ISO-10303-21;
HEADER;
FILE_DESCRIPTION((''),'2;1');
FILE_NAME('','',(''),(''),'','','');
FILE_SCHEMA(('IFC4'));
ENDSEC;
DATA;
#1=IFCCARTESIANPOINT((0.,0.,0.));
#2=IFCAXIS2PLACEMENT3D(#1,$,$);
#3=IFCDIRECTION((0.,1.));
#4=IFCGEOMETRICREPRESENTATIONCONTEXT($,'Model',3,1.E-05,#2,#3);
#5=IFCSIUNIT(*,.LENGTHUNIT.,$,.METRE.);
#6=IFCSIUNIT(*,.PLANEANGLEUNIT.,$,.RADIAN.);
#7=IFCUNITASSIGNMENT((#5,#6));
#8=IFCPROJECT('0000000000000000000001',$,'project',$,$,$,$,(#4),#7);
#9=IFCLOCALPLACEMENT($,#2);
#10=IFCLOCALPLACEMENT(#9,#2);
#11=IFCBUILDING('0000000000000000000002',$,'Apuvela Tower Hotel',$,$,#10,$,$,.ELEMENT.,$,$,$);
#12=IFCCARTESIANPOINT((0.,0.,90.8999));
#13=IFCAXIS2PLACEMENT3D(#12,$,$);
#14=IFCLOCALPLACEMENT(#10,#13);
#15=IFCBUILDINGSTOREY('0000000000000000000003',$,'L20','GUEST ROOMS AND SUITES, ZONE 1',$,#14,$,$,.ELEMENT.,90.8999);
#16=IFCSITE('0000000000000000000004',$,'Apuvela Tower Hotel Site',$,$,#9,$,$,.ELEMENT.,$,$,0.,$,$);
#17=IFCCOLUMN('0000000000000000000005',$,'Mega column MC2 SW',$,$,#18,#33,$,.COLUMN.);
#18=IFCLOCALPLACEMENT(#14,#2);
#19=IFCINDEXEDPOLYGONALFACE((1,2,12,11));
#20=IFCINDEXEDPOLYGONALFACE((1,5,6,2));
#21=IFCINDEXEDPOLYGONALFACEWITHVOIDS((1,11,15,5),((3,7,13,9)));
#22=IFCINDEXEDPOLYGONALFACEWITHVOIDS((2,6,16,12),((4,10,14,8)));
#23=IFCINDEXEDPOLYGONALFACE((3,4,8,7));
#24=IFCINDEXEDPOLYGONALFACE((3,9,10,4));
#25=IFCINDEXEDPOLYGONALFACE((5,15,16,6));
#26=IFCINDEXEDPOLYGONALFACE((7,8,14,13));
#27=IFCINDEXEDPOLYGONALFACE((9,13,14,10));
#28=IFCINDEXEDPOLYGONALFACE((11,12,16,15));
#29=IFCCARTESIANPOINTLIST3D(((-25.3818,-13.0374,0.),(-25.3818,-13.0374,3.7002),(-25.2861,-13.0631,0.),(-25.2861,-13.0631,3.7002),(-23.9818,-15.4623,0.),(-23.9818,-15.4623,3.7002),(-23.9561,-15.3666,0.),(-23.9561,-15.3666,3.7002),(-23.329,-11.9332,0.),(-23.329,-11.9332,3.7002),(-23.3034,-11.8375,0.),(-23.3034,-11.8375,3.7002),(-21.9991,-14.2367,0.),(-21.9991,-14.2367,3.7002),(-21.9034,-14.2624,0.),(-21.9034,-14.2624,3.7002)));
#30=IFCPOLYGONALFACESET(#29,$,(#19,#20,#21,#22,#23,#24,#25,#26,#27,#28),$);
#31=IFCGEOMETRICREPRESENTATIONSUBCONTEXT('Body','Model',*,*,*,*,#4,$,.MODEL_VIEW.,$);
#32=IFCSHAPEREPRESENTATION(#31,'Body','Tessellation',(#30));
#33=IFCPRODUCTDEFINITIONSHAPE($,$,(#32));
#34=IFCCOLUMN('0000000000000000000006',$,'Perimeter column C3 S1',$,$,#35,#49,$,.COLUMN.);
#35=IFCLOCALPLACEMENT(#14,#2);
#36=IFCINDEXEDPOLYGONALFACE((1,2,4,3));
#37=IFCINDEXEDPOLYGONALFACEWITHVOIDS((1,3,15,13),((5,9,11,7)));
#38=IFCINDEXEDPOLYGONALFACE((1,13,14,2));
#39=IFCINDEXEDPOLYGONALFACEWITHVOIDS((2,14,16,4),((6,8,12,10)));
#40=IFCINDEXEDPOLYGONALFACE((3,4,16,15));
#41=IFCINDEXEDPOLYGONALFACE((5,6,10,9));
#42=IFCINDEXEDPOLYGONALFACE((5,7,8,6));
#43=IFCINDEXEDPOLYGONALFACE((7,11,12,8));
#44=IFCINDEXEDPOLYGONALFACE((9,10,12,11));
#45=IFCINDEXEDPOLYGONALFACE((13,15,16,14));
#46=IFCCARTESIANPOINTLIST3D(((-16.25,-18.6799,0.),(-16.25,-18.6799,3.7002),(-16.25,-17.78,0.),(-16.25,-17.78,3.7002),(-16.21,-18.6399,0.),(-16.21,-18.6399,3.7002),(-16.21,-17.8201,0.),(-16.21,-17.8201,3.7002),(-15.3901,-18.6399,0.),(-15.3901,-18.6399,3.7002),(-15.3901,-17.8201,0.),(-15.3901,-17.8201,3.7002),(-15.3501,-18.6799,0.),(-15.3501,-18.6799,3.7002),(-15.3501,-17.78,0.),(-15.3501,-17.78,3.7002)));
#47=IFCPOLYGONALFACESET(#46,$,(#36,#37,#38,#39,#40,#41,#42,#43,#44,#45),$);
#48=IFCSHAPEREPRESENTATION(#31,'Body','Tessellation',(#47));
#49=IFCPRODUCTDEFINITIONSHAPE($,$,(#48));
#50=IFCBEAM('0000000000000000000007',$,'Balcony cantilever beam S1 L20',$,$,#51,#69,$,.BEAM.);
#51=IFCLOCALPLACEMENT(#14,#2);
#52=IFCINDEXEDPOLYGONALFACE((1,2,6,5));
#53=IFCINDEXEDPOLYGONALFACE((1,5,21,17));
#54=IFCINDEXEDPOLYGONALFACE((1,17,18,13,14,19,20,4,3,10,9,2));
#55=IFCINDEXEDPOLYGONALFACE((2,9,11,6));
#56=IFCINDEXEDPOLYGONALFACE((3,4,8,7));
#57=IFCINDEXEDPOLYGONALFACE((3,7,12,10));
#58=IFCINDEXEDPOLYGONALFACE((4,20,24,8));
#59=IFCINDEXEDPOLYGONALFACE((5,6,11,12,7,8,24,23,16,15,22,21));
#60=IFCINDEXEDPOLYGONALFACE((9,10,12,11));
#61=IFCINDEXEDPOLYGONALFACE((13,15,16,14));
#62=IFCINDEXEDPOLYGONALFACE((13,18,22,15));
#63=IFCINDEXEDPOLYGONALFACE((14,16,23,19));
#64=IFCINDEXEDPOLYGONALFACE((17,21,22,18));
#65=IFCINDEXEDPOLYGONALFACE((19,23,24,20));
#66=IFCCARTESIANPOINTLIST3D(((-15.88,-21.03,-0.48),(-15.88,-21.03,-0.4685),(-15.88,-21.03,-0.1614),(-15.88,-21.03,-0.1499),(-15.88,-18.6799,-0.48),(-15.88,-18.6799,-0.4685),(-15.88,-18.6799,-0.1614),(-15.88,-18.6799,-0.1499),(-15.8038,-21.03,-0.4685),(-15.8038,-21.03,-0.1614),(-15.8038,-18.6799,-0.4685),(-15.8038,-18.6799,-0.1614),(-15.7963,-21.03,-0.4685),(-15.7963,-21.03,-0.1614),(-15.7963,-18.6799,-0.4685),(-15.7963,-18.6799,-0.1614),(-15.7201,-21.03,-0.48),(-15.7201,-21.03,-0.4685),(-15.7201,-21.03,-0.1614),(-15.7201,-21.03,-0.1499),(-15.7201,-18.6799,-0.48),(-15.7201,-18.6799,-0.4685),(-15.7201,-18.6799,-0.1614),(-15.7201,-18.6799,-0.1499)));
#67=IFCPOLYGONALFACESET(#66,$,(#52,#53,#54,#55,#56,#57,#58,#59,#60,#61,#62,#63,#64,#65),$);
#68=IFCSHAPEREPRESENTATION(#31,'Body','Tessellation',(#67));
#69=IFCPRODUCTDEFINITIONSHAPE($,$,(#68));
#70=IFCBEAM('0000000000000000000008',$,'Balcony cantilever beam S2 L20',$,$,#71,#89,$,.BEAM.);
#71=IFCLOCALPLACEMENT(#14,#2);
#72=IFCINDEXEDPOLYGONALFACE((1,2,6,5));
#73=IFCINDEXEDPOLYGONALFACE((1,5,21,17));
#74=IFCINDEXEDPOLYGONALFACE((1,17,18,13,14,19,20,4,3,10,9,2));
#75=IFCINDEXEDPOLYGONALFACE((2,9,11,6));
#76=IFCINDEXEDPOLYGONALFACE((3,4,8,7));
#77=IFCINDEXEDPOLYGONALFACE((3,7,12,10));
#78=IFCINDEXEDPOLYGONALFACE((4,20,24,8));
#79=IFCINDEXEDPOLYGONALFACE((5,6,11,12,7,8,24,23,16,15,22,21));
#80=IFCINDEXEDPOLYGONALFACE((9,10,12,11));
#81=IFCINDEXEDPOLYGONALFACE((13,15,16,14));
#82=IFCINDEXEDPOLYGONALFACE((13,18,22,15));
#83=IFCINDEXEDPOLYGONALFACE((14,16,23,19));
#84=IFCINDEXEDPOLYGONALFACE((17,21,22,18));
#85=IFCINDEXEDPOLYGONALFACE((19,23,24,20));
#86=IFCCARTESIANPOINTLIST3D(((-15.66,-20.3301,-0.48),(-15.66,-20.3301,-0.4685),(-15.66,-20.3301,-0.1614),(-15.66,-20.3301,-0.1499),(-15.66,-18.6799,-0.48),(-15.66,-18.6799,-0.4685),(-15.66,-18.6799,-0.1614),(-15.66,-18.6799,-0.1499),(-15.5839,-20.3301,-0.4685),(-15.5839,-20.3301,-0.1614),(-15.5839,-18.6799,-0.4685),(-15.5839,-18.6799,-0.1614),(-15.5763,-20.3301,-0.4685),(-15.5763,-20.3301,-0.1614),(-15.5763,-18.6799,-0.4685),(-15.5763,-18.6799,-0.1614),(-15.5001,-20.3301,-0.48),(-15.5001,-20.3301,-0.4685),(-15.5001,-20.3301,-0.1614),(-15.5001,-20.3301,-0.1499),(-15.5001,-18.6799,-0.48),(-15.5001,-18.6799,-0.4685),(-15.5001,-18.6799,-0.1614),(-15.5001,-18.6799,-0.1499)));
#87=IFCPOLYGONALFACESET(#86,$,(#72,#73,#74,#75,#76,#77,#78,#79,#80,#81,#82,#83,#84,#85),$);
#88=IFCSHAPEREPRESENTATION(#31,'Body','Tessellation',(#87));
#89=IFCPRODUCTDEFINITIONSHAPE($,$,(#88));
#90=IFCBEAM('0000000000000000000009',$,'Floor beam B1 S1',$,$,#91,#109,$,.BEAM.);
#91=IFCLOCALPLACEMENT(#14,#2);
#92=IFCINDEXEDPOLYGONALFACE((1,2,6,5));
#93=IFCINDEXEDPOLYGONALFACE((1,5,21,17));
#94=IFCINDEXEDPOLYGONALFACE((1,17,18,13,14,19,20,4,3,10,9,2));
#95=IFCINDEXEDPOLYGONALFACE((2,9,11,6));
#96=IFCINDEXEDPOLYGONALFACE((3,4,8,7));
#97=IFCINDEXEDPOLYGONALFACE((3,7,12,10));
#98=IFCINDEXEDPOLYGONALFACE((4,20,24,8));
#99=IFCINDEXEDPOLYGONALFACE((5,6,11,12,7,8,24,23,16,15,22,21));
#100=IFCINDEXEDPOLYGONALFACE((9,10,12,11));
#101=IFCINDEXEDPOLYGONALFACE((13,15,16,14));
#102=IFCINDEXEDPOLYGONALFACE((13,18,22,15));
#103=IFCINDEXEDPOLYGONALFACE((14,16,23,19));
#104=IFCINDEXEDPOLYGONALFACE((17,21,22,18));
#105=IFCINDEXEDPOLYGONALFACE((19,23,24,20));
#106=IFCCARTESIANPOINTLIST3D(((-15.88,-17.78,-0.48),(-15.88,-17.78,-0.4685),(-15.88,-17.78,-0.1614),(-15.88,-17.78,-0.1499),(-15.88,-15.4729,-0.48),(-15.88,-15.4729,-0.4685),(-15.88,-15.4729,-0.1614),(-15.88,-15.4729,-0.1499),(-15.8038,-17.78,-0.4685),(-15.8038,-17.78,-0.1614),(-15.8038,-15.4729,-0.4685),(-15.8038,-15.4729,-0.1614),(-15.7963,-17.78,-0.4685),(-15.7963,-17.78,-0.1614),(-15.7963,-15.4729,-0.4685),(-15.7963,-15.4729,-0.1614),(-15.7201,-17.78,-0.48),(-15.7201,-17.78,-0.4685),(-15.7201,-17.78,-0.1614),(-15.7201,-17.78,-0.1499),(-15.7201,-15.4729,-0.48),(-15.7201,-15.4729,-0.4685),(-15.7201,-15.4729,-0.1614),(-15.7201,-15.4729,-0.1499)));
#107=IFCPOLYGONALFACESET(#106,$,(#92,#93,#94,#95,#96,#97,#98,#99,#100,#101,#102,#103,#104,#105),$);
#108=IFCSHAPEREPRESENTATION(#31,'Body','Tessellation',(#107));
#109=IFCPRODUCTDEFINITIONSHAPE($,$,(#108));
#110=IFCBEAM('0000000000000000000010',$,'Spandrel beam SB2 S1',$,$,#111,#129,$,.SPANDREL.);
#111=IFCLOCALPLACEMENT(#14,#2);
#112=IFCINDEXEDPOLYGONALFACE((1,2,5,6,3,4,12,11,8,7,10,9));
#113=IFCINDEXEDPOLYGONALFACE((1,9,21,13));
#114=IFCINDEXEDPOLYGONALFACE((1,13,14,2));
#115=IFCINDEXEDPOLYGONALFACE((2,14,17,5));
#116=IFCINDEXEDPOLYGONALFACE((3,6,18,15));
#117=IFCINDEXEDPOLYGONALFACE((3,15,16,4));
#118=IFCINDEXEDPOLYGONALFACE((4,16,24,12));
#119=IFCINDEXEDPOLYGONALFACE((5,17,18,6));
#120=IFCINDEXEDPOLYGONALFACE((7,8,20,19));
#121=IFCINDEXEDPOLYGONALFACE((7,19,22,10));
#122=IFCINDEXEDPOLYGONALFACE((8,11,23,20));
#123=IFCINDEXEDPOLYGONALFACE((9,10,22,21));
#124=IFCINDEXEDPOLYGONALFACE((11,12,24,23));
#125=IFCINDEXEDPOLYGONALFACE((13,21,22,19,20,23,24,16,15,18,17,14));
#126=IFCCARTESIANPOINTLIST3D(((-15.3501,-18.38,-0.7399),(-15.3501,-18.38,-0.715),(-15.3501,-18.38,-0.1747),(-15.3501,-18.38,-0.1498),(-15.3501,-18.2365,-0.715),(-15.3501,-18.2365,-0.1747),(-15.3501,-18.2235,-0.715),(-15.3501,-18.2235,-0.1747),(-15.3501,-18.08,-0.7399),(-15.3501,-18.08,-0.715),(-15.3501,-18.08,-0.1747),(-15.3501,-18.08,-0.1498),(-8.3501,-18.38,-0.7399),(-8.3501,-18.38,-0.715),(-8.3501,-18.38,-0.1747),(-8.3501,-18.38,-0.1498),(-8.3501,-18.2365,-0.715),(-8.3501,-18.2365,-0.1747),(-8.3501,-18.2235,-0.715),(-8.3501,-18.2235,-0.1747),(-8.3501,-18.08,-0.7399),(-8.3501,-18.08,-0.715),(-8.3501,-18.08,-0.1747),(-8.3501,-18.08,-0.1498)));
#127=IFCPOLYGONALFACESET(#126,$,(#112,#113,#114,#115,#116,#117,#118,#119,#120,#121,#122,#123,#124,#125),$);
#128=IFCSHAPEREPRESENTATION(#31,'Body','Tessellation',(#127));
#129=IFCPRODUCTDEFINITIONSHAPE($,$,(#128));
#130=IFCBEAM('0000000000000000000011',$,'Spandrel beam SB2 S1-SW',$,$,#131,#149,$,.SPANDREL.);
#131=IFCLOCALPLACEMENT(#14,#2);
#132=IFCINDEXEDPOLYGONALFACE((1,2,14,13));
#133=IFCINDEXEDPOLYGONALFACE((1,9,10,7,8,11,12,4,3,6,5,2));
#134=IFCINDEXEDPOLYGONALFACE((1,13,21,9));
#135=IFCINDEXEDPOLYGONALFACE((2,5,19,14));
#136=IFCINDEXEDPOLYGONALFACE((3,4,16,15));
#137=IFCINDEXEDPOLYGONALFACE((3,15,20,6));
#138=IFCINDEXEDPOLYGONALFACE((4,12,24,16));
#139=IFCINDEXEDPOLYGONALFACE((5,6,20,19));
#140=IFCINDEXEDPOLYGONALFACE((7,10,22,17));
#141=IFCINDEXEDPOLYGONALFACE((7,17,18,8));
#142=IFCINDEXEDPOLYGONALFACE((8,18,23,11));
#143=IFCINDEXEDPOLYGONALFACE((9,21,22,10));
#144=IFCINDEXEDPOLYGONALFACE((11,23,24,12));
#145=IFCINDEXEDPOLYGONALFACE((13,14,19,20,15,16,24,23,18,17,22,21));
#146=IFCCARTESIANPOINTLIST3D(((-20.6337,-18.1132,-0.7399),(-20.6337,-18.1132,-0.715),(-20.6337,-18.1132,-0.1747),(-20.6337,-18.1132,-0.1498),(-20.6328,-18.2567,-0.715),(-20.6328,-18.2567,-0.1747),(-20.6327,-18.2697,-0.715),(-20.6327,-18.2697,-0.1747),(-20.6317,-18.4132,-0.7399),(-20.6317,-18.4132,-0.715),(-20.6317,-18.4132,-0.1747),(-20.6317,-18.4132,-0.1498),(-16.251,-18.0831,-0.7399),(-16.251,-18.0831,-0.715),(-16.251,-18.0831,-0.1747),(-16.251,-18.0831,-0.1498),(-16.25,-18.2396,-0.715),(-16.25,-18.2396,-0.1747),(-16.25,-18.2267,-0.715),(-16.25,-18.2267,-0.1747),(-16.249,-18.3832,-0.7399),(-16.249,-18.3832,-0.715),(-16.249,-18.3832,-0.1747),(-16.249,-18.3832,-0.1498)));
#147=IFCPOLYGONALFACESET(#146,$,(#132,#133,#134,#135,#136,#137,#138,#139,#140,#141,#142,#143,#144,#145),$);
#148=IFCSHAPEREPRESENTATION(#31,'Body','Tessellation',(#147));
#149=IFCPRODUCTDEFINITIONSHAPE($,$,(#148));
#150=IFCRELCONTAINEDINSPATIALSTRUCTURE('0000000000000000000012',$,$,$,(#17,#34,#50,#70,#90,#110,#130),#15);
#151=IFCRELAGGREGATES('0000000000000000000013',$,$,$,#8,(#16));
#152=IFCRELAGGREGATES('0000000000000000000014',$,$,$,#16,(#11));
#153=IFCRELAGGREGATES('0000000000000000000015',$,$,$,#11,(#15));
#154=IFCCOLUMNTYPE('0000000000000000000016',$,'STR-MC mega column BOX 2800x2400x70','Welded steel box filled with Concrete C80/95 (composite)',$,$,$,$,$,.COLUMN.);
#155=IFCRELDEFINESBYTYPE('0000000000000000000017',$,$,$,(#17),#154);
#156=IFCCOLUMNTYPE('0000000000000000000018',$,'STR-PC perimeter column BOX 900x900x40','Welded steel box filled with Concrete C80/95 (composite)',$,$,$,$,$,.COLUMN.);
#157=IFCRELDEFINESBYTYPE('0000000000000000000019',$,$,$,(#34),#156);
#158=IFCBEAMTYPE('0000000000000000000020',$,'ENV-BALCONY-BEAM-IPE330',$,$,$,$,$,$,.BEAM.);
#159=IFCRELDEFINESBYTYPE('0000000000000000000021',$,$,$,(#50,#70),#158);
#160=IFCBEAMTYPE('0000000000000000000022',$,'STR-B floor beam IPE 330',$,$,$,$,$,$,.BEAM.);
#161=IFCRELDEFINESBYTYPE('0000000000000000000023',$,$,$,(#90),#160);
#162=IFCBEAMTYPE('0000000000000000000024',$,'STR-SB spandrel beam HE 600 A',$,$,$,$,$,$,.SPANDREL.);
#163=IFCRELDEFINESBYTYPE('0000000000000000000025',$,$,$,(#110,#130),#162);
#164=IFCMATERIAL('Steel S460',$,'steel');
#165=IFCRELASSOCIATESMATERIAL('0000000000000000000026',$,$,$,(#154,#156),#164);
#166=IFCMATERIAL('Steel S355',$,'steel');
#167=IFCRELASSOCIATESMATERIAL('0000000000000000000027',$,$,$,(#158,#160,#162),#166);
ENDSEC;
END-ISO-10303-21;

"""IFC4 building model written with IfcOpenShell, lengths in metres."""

from ifc_helpers import new_model, si_unit, direction, frame, origin, origin_2d, place, context, subcontext, project, spatial, rectangle, hollow_rectangle, i_section, extrude, material, material_profile, profile_set, type_object, element, save


model = new_model("IFC4")

# Units and contexts
model_context = context("Model", 3, precision=1e-05, world=origin(), true_north=direction((0.0, 1.0)))
body_context = subcontext(model_context, "Body", "Model", "MODEL_VIEW")
ifc_project = project(units=[si_unit("LENGTHUNIT", "METRE"), si_unit("PLANEANGLEUNIT", "RADIAN")], contexts=[model_context])

# Site, building, storey
site_placement = place(None, origin())
site = spatial("IfcSite", under=ifc_project, at=site_placement, Name="Apuvela Tower Hotel Site", CompositionType="ELEMENT", RefElevation=0.0)
building_placement = place(site_placement, origin())
building = spatial("IfcBuilding", under=site, at=building_placement, Name="Apuvela Tower Hotel", CompositionType="ELEMENT")
storey_placement = place(building_placement, frame((0.0, 0.0, 90.8999)))
storey = spatial("IfcBuildingStorey", under=building, at=storey_placement, Name="L20", Description="GUEST ROOMS AND SUITES, ZONE 1", CompositionType="ELEMENT", Elevation=90.8999)

# Columns
ifc_material_1 = material(Name="Steel S460", Category="steel")
ifc_material_profile_1 = material_profile(ifc_material_1, hollow_rectangle(XDim=2.8, YDim=2.3999, WallThickness=0.0701, at=origin_2d()), Name="BOX 2800x2400x70")
ifc_material_2 = material(Name="Concrete C80/95", Category="concrete")
ifc_material_profile_2 = material_profile(ifc_material_2, rectangle(XDim=2.6599, YDim=2.26, at=origin_2d()), Name="Concrete C80/95 infill")
ifc_profile_set_1 = profile_set([ifc_material_profile_1, ifc_material_profile_2], Name="Steel S460")
column_type_1 = type_object("IfcColumnType", Name="STR-MC mega column BOX 2800x2400x70", Description="Welded steel box filled with Concrete C80/95 (composite)", PredefinedType="COLUMN", material=ifc_profile_set_1)
column_1_placement = place(storey_placement, frame((-23.6426, -13.6499, 0.0), z_axis=(0.0, 0.0, 1.0), x_axis=(-0.5, 0.866025, 0.0)))
element("IfcColumn", 1, at=column_1_placement, inside=storey, type_object=column_type_1, Name="Mega column MC2 SW", PredefinedType="COLUMN", context=body_context, shape_type="SweptSolid", body=[
    extrude(hollow_rectangle(XDim=2.8, YDim=2.3999, WallThickness=0.0701, at=origin_2d()), origin(), (0.0, 0.0, 1.0), 3.7002),
])
ifc_material_profile_3 = material_profile(ifc_material_1, hollow_rectangle(XDim=0.8999, YDim=0.8999, WallThickness=0.04, at=origin_2d()), Name="BOX 900x900x40")
ifc_material_profile_4 = material_profile(ifc_material_2, rectangle(XDim=0.8201, YDim=0.8201, at=origin_2d()), Name="Concrete C80/95 infill")
ifc_profile_set_2 = profile_set([ifc_material_profile_3, ifc_material_profile_4], Name="Steel S460")
column_type_2 = type_object("IfcColumnType", Name="STR-PC perimeter column BOX 900x900x40", Description="Welded steel box filled with Concrete C80/95 (composite)", PredefinedType="COLUMN", material=ifc_profile_set_2)
column_2_placement = place(storey_placement, frame((-15.8, -18.23, 0.0), z_axis=(0.0, 0.0, 1.0), x_axis=(-1.0, 0.0, 0.0)))
element("IfcColumn", 2, at=column_2_placement, inside=storey, type_object=column_type_2, Name="Perimeter column C3 S1", PredefinedType="COLUMN", context=body_context, shape_type="SweptSolid", body=[
    extrude(hollow_rectangle(XDim=0.8999, YDim=0.8999, WallThickness=0.04, at=origin_2d()), origin(), (0.0, 0.0, 1.0), 3.7002),
])

# Beams
ifc_material_3 = material(Name="Steel S355", Category="steel")
ifc_material_profile_5 = material_profile(ifc_material_3, i_section(OverallWidth=0.1599, OverallDepth=0.3301, WebThickness=0.0076, FlangeThickness=0.0115, at=origin_2d()), Name="IPE 330")
ifc_profile_set_3 = profile_set([ifc_material_profile_5], Name="Steel S355")
beam_type_1 = type_object("IfcBeamType", Name="ENV-BALCONY-BEAM-IPE330", PredefinedType="BEAM", material=ifc_profile_set_3)
beam_1_placement = place(storey_placement, frame((-15.8, -18.6799, -0.3149), z_axis=(0.0, -1.0, 0.0), x_axis=(1.0, 0.0, 0.0)))
element("IfcBeam", 3, at=beam_1_placement, inside=storey, type_object=beam_type_1, Name="Balcony cantilever beam S1 L20", PredefinedType="BEAM", context=body_context, shape_type="SweptSolid", body=[
    extrude(i_section(OverallWidth=0.1599, OverallDepth=0.3301, WebThickness=0.0076, FlangeThickness=0.0115, at=origin_2d()), origin(), (0.0, 0.0, 1.0), 2.3501),
])
beam_2_placement = place(storey_placement, frame((-15.5801, -18.6799, -0.3149), z_axis=(0.0, -1.0, 0.0), x_axis=(1.0, 0.0, 0.0)))
element("IfcBeam", 4, at=beam_2_placement, inside=storey, type_object=beam_type_1, Name="Balcony cantilever beam S2 L20", PredefinedType="BEAM", context=body_context, shape_type="SweptSolid", body=[
    extrude(i_section(OverallWidth=0.1599, OverallDepth=0.3301, WebThickness=0.0076, FlangeThickness=0.0115, at=origin_2d()), origin(), (0.0, 0.0, 1.0), 1.6501),
])
ifc_material_profile_6 = material_profile(ifc_material_3, i_section(OverallWidth=0.1599, OverallDepth=0.3301, WebThickness=0.0076, FlangeThickness=0.0115, at=origin_2d()), Name="IPE 330")
ifc_profile_set_4 = profile_set([ifc_material_profile_6], Name="Steel S355")
beam_type_2 = type_object("IfcBeamType", Name="STR-B floor beam IPE 330", PredefinedType="BEAM", material=ifc_profile_set_4)
beam_3_placement = place(storey_placement, frame((-15.8, -17.78, -0.3149), z_axis=(0.0, 1.0, 0.0), x_axis=(-1.0, 0.0, 0.0)))
element("IfcBeam", 5, at=beam_3_placement, inside=storey, type_object=beam_type_2, Name="Floor beam B1 S1", PredefinedType="BEAM", context=body_context, shape_type="SweptSolid", body=[
    extrude(i_section(OverallWidth=0.1599, OverallDepth=0.3301, WebThickness=0.0076, FlangeThickness=0.0115, at=origin_2d()), origin(), (0.0, 0.0, 1.0), 2.3071),
])
ifc_material_profile_7 = material_profile(ifc_material_3, i_section(OverallWidth=0.3, OverallDepth=0.5901, WebThickness=0.0129, FlangeThickness=0.0249, at=origin_2d()), Name="HE 600 A")
ifc_profile_set_5 = profile_set([ifc_material_profile_7], Name="Steel S355")
beam_type_3 = type_object("IfcBeamType", Name="STR-SB spandrel beam HE 600 A", PredefinedType="SPANDREL", material=ifc_profile_set_5)
beam_4_placement = place(storey_placement, frame((-15.3501, -18.23, -0.4448), z_axis=(1.0, 0.0, 0.0), x_axis=(0.0, 1.0, 0.0)))
element("IfcBeam", 6, at=beam_4_placement, inside=storey, type_object=beam_type_3, Name="Spandrel beam SB2 S1", PredefinedType="SPANDREL", context=body_context, shape_type="SweptSolid", body=[
    extrude(i_section(OverallWidth=0.3, OverallDepth=0.5901, WebThickness=0.0129, FlangeThickness=0.0249, at=origin_2d()), origin(), (0.0, 0.0, 1.0), 7.0),
])
beam_5_placement = place(storey_placement, frame((-16.25, -18.2332, -0.4448), z_axis=(-0.999977, -0.006851, 0.0), x_axis=(0.006851, -0.999977, 0.0)))
element("IfcBeam", 7, at=beam_5_placement, inside=storey, type_object=beam_type_3, Name="Spandrel beam SB2 S1-SW", PredefinedType="SPANDREL", context=body_context, shape_type="SweptSolid", body=[
    extrude(i_section(OverallWidth=0.3, OverallDepth=0.5901, WebThickness=0.0129, FlangeThickness=0.0249, at=origin_2d()), origin(), (0.0, 0.0, 1.0), 4.3828),
])

save(model, "model.ifc")
